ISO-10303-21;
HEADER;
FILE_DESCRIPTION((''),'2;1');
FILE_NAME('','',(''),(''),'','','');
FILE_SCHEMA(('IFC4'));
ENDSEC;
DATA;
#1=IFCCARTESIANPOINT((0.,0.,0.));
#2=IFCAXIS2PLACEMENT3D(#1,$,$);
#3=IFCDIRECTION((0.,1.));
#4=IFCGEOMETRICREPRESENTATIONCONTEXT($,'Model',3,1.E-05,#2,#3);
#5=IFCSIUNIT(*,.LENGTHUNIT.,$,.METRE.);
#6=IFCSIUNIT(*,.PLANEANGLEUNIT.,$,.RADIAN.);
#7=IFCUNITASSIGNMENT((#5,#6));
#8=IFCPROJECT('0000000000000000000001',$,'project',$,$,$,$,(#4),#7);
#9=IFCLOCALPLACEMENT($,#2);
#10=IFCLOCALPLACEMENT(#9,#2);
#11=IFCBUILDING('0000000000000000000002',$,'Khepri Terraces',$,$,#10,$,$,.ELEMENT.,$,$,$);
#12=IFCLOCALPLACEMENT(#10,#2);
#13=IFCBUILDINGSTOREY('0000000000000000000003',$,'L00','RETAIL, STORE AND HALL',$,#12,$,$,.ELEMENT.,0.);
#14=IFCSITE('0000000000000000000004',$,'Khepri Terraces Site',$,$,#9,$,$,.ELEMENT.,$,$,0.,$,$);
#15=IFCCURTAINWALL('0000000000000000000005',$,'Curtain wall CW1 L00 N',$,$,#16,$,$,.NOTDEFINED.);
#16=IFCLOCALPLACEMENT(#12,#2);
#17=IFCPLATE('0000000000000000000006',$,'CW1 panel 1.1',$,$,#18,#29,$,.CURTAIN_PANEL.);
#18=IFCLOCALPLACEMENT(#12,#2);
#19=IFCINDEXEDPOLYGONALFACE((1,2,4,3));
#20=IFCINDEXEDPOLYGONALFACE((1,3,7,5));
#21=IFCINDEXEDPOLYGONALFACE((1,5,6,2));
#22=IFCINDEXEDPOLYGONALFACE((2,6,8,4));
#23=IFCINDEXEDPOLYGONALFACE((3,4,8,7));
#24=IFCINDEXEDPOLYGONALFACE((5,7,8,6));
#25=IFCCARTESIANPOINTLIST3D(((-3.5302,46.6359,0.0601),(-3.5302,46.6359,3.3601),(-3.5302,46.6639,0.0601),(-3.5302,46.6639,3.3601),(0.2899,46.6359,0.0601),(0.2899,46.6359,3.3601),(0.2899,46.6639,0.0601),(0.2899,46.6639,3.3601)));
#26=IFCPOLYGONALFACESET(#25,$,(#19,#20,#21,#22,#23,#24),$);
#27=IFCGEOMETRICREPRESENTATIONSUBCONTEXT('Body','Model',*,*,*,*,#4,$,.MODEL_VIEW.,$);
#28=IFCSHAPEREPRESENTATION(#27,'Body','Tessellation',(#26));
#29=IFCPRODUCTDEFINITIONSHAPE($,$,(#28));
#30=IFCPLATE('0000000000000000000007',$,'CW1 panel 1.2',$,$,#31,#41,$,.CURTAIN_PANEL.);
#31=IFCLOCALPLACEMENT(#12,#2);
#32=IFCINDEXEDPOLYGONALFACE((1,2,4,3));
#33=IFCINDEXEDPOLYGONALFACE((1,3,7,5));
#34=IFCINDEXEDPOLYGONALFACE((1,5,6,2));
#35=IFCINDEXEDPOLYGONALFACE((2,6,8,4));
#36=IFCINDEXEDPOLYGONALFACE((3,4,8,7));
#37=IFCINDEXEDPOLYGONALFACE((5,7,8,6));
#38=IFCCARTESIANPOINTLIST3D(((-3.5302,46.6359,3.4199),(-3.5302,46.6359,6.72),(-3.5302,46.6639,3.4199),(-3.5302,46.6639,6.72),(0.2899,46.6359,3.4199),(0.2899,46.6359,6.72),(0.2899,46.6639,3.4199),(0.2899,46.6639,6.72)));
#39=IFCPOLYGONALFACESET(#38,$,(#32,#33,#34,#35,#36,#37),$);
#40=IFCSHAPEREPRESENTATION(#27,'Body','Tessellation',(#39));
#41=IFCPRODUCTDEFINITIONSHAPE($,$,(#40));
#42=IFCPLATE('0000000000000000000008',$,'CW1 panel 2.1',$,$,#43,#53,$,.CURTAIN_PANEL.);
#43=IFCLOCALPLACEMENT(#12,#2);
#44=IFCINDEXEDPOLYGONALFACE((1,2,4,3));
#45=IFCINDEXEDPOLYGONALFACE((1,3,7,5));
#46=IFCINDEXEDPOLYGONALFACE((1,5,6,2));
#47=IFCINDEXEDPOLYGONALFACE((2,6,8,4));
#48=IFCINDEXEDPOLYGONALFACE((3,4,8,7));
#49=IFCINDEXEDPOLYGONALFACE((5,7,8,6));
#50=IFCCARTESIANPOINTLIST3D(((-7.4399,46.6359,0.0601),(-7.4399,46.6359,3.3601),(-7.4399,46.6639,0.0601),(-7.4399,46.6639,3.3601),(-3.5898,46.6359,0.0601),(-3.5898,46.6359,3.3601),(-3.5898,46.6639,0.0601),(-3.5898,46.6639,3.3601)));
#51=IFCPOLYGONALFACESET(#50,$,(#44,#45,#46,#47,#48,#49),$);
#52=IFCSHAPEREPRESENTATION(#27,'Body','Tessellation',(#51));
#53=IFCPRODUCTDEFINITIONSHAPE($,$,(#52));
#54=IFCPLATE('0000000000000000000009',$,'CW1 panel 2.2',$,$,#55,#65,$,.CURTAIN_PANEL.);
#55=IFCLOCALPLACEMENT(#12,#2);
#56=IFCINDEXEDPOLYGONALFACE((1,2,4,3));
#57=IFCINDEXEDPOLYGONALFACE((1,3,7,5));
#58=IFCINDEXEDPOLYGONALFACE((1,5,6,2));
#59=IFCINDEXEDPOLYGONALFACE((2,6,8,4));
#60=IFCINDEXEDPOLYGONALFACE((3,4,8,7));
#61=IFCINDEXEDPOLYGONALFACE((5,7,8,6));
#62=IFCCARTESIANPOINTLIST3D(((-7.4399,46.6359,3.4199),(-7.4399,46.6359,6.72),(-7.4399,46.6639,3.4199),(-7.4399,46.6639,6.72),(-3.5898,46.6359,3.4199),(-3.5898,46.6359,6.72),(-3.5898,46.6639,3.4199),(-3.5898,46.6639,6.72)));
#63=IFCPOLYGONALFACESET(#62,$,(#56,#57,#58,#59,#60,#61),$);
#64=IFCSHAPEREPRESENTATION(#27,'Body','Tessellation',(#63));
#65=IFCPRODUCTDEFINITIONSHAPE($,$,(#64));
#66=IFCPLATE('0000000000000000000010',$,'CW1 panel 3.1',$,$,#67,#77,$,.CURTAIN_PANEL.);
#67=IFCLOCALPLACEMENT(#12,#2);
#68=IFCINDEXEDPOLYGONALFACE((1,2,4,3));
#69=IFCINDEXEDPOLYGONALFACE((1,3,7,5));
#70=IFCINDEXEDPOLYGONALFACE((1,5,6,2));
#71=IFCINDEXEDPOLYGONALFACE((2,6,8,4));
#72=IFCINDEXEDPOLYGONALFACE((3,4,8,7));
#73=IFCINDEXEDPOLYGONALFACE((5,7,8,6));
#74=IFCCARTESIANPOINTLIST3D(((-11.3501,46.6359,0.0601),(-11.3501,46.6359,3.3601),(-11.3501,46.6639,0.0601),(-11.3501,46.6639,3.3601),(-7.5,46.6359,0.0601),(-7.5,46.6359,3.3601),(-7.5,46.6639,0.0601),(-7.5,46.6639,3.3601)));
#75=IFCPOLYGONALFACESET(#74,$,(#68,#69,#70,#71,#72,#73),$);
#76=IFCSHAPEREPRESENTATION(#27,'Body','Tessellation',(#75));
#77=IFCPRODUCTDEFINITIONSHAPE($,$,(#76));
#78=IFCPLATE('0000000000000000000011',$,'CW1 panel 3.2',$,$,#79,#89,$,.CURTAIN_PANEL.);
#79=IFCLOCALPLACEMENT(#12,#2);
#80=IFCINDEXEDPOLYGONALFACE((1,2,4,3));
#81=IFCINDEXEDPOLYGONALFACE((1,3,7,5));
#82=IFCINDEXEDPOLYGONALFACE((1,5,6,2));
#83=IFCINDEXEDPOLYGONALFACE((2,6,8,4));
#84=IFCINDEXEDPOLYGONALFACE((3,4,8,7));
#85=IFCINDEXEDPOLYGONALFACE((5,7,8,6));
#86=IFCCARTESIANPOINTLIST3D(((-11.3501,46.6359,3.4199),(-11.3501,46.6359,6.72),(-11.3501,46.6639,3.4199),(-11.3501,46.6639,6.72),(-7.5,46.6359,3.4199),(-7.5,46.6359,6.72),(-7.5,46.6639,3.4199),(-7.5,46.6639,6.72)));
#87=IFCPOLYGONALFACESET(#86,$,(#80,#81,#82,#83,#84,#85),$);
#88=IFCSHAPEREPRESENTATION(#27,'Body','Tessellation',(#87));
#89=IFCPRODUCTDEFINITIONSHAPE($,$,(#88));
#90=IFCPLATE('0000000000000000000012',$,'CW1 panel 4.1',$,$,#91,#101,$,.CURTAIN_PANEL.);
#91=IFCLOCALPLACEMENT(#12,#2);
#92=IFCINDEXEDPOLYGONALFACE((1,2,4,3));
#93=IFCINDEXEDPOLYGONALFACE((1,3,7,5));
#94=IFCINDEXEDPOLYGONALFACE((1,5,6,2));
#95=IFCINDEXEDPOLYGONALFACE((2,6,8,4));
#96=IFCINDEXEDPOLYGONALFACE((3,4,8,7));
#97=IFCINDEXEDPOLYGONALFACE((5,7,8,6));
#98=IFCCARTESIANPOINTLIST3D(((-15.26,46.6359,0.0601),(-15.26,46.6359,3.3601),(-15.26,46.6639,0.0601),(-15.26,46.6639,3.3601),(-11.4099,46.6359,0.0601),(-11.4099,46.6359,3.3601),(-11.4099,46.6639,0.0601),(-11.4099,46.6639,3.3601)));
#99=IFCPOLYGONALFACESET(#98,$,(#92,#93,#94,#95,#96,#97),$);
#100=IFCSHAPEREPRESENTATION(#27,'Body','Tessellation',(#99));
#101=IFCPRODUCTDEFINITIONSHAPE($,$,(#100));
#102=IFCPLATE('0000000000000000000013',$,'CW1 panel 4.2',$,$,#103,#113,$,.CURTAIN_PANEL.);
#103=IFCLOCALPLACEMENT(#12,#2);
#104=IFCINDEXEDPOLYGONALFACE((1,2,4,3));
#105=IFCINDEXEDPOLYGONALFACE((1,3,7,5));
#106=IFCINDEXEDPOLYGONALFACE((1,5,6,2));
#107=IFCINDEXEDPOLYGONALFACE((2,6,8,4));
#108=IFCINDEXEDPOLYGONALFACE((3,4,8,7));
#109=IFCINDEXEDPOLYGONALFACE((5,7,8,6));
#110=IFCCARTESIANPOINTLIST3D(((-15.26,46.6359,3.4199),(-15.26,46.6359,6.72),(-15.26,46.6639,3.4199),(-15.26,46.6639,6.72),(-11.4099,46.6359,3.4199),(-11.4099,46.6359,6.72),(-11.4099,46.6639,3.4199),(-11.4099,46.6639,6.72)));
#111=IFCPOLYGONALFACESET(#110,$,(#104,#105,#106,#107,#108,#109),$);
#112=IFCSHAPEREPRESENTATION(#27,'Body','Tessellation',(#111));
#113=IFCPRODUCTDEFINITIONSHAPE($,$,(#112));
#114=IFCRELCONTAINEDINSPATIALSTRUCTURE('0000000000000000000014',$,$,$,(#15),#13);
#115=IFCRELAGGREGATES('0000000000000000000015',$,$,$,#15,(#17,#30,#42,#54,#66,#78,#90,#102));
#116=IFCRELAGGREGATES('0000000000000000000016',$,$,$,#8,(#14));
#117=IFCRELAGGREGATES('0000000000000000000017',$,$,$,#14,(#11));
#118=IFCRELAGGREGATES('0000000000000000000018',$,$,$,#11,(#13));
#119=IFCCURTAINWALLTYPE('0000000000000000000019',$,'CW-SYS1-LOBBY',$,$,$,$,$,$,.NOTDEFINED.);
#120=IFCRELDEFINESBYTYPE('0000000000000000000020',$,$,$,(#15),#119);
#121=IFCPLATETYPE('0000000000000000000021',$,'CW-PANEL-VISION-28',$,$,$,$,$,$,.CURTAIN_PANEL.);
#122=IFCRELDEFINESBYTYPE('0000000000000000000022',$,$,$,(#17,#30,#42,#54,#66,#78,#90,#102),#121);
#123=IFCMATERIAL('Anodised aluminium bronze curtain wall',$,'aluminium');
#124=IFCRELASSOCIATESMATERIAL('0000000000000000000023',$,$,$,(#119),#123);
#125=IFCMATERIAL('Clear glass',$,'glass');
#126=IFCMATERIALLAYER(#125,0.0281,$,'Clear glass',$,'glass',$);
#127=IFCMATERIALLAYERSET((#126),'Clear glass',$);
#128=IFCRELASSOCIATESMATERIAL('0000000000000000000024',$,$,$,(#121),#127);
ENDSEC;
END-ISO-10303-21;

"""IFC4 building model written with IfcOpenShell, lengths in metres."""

from ifc_helpers import new_model, si_unit, direction, frame, origin, origin_2d, place, context, subcontext, project, spatial, rectangle, extrude, material, layer, layer_set, type_object, element, aggregate, save


model = new_model("IFC4")

# Units and contexts
model_context = context("Model", 3, precision=1e-05, world=origin(), true_north=direction((0.0, 1.0)))
body_context = subcontext(model_context, "Body", "Model", "MODEL_VIEW")
ifc_project = project(units=[si_unit("LENGTHUNIT", "METRE"), si_unit("PLANEANGLEUNIT", "RADIAN")], contexts=[model_context])

# Site, building, storey
site_placement = place(None, origin())
site = spatial("IfcSite", under=ifc_project, at=site_placement, Name="Khepri Terraces Site", CompositionType="ELEMENT", RefElevation=0.0)
building_placement = place(site_placement, origin())
building = spatial("IfcBuilding", under=site, at=building_placement, Name="Khepri Terraces", CompositionType="ELEMENT")
storey_placement = place(building_placement, origin())
storey = spatial("IfcBuildingStorey", under=building, at=storey_placement, Name="L00", Description="RETAIL, STORE AND HALL", CompositionType="ELEMENT", Elevation=0.0)

# Curtain wall, plates
ifc_material_1 = material(Name="Anodised aluminium bronze curtain wall", Category="aluminium")
curtain_wall_type = type_object("IfcCurtainWallType", Name="CW-SYS1-LOBBY", PredefinedType="NOTDEFINED", material=ifc_material_1)
curtain_wall_placement = place(storey_placement, origin())
curtain_wall = element("IfcCurtainWall", 1, at=curtain_wall_placement, inside=storey, type_object=curtain_wall_type, Name="Curtain wall CW1 L00 N", PredefinedType="NOTDEFINED")
ifc_material_2 = material(Name="Clear glass", Category="glass")
ifc_layer = layer(ifc_material_2, 0.0281, Name="Clear glass", Category="glass")
ifc_layer_set = layer_set([ifc_layer], Name="Clear glass")
plate_type = type_object("IfcPlateType", Name="CW-PANEL-VISION-28", PredefinedType="CURTAIN_PANEL", material=ifc_layer_set)
plate_1_placement = place(storey_placement, frame((-1.6201, 46.6499, 0.0601), z_axis=(0.0, 0.0, 1.0), x_axis=(-1.0, 0.0, 0.0)))
plate_1 = element("IfcPlate", 2, at=plate_1_placement, type_object=plate_type, Name="CW1 panel 1.1", PredefinedType="CURTAIN_PANEL", context=body_context, shape_type="SweptSolid", body=[
    extrude(rectangle(XDim=3.8201, YDim=0.0281, at=origin_2d()), origin(), (0.0, 0.0, 1.0), 3.3),
])
plate_2_placement = place(storey_placement, frame((-1.6201, 46.6499, 3.4199), z_axis=(0.0, 0.0, 1.0), x_axis=(-1.0, 0.0, 0.0)))
plate_2 = element("IfcPlate", 3, at=plate_2_placement, type_object=plate_type, Name="CW1 panel 1.2", PredefinedType="CURTAIN_PANEL", context=body_context, shape_type="SweptSolid", body=[
    extrude(rectangle(XDim=3.8201, YDim=0.0281, at=origin_2d()), origin(), (0.0, 0.0, 1.0), 3.3),
])
plate_3_placement = place(storey_placement, frame((-5.5149, 46.6499, 0.0601), z_axis=(0.0, 0.0, 1.0), x_axis=(-1.0, 0.0, 0.0)))
plate_3 = element("IfcPlate", 4, at=plate_3_placement, type_object=plate_type, Name="CW1 panel 2.1", PredefinedType="CURTAIN_PANEL", context=body_context, shape_type="SweptSolid", body=[
    extrude(rectangle(XDim=3.8501, YDim=0.0281, at=origin_2d()), origin(), (0.0, 0.0, 1.0), 3.3),
])
plate_4_placement = place(storey_placement, frame((-5.5149, 46.6499, 3.4199), z_axis=(0.0, 0.0, 1.0), x_axis=(-1.0, 0.0, 0.0)))
plate_4 = element("IfcPlate", 5, at=plate_4_placement, type_object=plate_type, Name="CW1 panel 2.2", PredefinedType="CURTAIN_PANEL", context=body_context, shape_type="SweptSolid", body=[
    extrude(rectangle(XDim=3.8501, YDim=0.0281, at=origin_2d()), origin(), (0.0, 0.0, 1.0), 3.3),
])
plate_5_placement = place(storey_placement, frame((-9.425, 46.6499, 0.0601), z_axis=(0.0, 0.0, 1.0), x_axis=(-1.0, 0.0, 0.0)))
plate_5 = element("IfcPlate", 6, at=plate_5_placement, type_object=plate_type, Name="CW1 panel 3.1", PredefinedType="CURTAIN_PANEL", context=body_context, shape_type="SweptSolid", body=[
    extrude(rectangle(XDim=3.8501, YDim=0.0281, at=origin_2d()), origin(), (0.0, 0.0, 1.0), 3.3),
])
plate_6_placement = place(storey_placement, frame((-9.425, 46.6499, 3.4199), z_axis=(0.0, 0.0, 1.0), x_axis=(-1.0, 0.0, 0.0)))
plate_6 = element("IfcPlate", 7, at=plate_6_placement, type_object=plate_type, Name="CW1 panel 3.2", PredefinedType="CURTAIN_PANEL", context=body_context, shape_type="SweptSolid", body=[
    extrude(rectangle(XDim=3.8501, YDim=0.0281, at=origin_2d()), origin(), (0.0, 0.0, 1.0), 3.3),
])
plate_7_placement = place(storey_placement, frame((-13.335, 46.6499, 0.0601), z_axis=(0.0, 0.0, 1.0), x_axis=(-1.0, 0.0, 0.0)))
plate_7 = element("IfcPlate", 8, at=plate_7_placement, type_object=plate_type, Name="CW1 panel 4.1", PredefinedType="CURTAIN_PANEL", context=body_context, shape_type="SweptSolid", body=[
    extrude(rectangle(XDim=3.8501, YDim=0.0281, at=origin_2d()), origin(), (0.0, 0.0, 1.0), 3.3),
])
plate_8_placement = place(storey_placement, frame((-13.335, 46.6499, 3.4199), z_axis=(0.0, 0.0, 1.0), x_axis=(-1.0, 0.0, 0.0)))
plate_8 = element("IfcPlate", 9, at=plate_8_placement, type_object=plate_type, Name="CW1 panel 4.2", PredefinedType="CURTAIN_PANEL", context=body_context, shape_type="SweptSolid", body=[
    extrude(rectangle(XDim=3.8501, YDim=0.0281, at=origin_2d()), origin(), (0.0, 0.0, 1.0), 3.3),
])
aggregate(curtain_wall, [plate_1, plate_2, plate_3, plate_4, plate_5, plate_6, plate_7, plate_8])

save(model, "model.ifc")
